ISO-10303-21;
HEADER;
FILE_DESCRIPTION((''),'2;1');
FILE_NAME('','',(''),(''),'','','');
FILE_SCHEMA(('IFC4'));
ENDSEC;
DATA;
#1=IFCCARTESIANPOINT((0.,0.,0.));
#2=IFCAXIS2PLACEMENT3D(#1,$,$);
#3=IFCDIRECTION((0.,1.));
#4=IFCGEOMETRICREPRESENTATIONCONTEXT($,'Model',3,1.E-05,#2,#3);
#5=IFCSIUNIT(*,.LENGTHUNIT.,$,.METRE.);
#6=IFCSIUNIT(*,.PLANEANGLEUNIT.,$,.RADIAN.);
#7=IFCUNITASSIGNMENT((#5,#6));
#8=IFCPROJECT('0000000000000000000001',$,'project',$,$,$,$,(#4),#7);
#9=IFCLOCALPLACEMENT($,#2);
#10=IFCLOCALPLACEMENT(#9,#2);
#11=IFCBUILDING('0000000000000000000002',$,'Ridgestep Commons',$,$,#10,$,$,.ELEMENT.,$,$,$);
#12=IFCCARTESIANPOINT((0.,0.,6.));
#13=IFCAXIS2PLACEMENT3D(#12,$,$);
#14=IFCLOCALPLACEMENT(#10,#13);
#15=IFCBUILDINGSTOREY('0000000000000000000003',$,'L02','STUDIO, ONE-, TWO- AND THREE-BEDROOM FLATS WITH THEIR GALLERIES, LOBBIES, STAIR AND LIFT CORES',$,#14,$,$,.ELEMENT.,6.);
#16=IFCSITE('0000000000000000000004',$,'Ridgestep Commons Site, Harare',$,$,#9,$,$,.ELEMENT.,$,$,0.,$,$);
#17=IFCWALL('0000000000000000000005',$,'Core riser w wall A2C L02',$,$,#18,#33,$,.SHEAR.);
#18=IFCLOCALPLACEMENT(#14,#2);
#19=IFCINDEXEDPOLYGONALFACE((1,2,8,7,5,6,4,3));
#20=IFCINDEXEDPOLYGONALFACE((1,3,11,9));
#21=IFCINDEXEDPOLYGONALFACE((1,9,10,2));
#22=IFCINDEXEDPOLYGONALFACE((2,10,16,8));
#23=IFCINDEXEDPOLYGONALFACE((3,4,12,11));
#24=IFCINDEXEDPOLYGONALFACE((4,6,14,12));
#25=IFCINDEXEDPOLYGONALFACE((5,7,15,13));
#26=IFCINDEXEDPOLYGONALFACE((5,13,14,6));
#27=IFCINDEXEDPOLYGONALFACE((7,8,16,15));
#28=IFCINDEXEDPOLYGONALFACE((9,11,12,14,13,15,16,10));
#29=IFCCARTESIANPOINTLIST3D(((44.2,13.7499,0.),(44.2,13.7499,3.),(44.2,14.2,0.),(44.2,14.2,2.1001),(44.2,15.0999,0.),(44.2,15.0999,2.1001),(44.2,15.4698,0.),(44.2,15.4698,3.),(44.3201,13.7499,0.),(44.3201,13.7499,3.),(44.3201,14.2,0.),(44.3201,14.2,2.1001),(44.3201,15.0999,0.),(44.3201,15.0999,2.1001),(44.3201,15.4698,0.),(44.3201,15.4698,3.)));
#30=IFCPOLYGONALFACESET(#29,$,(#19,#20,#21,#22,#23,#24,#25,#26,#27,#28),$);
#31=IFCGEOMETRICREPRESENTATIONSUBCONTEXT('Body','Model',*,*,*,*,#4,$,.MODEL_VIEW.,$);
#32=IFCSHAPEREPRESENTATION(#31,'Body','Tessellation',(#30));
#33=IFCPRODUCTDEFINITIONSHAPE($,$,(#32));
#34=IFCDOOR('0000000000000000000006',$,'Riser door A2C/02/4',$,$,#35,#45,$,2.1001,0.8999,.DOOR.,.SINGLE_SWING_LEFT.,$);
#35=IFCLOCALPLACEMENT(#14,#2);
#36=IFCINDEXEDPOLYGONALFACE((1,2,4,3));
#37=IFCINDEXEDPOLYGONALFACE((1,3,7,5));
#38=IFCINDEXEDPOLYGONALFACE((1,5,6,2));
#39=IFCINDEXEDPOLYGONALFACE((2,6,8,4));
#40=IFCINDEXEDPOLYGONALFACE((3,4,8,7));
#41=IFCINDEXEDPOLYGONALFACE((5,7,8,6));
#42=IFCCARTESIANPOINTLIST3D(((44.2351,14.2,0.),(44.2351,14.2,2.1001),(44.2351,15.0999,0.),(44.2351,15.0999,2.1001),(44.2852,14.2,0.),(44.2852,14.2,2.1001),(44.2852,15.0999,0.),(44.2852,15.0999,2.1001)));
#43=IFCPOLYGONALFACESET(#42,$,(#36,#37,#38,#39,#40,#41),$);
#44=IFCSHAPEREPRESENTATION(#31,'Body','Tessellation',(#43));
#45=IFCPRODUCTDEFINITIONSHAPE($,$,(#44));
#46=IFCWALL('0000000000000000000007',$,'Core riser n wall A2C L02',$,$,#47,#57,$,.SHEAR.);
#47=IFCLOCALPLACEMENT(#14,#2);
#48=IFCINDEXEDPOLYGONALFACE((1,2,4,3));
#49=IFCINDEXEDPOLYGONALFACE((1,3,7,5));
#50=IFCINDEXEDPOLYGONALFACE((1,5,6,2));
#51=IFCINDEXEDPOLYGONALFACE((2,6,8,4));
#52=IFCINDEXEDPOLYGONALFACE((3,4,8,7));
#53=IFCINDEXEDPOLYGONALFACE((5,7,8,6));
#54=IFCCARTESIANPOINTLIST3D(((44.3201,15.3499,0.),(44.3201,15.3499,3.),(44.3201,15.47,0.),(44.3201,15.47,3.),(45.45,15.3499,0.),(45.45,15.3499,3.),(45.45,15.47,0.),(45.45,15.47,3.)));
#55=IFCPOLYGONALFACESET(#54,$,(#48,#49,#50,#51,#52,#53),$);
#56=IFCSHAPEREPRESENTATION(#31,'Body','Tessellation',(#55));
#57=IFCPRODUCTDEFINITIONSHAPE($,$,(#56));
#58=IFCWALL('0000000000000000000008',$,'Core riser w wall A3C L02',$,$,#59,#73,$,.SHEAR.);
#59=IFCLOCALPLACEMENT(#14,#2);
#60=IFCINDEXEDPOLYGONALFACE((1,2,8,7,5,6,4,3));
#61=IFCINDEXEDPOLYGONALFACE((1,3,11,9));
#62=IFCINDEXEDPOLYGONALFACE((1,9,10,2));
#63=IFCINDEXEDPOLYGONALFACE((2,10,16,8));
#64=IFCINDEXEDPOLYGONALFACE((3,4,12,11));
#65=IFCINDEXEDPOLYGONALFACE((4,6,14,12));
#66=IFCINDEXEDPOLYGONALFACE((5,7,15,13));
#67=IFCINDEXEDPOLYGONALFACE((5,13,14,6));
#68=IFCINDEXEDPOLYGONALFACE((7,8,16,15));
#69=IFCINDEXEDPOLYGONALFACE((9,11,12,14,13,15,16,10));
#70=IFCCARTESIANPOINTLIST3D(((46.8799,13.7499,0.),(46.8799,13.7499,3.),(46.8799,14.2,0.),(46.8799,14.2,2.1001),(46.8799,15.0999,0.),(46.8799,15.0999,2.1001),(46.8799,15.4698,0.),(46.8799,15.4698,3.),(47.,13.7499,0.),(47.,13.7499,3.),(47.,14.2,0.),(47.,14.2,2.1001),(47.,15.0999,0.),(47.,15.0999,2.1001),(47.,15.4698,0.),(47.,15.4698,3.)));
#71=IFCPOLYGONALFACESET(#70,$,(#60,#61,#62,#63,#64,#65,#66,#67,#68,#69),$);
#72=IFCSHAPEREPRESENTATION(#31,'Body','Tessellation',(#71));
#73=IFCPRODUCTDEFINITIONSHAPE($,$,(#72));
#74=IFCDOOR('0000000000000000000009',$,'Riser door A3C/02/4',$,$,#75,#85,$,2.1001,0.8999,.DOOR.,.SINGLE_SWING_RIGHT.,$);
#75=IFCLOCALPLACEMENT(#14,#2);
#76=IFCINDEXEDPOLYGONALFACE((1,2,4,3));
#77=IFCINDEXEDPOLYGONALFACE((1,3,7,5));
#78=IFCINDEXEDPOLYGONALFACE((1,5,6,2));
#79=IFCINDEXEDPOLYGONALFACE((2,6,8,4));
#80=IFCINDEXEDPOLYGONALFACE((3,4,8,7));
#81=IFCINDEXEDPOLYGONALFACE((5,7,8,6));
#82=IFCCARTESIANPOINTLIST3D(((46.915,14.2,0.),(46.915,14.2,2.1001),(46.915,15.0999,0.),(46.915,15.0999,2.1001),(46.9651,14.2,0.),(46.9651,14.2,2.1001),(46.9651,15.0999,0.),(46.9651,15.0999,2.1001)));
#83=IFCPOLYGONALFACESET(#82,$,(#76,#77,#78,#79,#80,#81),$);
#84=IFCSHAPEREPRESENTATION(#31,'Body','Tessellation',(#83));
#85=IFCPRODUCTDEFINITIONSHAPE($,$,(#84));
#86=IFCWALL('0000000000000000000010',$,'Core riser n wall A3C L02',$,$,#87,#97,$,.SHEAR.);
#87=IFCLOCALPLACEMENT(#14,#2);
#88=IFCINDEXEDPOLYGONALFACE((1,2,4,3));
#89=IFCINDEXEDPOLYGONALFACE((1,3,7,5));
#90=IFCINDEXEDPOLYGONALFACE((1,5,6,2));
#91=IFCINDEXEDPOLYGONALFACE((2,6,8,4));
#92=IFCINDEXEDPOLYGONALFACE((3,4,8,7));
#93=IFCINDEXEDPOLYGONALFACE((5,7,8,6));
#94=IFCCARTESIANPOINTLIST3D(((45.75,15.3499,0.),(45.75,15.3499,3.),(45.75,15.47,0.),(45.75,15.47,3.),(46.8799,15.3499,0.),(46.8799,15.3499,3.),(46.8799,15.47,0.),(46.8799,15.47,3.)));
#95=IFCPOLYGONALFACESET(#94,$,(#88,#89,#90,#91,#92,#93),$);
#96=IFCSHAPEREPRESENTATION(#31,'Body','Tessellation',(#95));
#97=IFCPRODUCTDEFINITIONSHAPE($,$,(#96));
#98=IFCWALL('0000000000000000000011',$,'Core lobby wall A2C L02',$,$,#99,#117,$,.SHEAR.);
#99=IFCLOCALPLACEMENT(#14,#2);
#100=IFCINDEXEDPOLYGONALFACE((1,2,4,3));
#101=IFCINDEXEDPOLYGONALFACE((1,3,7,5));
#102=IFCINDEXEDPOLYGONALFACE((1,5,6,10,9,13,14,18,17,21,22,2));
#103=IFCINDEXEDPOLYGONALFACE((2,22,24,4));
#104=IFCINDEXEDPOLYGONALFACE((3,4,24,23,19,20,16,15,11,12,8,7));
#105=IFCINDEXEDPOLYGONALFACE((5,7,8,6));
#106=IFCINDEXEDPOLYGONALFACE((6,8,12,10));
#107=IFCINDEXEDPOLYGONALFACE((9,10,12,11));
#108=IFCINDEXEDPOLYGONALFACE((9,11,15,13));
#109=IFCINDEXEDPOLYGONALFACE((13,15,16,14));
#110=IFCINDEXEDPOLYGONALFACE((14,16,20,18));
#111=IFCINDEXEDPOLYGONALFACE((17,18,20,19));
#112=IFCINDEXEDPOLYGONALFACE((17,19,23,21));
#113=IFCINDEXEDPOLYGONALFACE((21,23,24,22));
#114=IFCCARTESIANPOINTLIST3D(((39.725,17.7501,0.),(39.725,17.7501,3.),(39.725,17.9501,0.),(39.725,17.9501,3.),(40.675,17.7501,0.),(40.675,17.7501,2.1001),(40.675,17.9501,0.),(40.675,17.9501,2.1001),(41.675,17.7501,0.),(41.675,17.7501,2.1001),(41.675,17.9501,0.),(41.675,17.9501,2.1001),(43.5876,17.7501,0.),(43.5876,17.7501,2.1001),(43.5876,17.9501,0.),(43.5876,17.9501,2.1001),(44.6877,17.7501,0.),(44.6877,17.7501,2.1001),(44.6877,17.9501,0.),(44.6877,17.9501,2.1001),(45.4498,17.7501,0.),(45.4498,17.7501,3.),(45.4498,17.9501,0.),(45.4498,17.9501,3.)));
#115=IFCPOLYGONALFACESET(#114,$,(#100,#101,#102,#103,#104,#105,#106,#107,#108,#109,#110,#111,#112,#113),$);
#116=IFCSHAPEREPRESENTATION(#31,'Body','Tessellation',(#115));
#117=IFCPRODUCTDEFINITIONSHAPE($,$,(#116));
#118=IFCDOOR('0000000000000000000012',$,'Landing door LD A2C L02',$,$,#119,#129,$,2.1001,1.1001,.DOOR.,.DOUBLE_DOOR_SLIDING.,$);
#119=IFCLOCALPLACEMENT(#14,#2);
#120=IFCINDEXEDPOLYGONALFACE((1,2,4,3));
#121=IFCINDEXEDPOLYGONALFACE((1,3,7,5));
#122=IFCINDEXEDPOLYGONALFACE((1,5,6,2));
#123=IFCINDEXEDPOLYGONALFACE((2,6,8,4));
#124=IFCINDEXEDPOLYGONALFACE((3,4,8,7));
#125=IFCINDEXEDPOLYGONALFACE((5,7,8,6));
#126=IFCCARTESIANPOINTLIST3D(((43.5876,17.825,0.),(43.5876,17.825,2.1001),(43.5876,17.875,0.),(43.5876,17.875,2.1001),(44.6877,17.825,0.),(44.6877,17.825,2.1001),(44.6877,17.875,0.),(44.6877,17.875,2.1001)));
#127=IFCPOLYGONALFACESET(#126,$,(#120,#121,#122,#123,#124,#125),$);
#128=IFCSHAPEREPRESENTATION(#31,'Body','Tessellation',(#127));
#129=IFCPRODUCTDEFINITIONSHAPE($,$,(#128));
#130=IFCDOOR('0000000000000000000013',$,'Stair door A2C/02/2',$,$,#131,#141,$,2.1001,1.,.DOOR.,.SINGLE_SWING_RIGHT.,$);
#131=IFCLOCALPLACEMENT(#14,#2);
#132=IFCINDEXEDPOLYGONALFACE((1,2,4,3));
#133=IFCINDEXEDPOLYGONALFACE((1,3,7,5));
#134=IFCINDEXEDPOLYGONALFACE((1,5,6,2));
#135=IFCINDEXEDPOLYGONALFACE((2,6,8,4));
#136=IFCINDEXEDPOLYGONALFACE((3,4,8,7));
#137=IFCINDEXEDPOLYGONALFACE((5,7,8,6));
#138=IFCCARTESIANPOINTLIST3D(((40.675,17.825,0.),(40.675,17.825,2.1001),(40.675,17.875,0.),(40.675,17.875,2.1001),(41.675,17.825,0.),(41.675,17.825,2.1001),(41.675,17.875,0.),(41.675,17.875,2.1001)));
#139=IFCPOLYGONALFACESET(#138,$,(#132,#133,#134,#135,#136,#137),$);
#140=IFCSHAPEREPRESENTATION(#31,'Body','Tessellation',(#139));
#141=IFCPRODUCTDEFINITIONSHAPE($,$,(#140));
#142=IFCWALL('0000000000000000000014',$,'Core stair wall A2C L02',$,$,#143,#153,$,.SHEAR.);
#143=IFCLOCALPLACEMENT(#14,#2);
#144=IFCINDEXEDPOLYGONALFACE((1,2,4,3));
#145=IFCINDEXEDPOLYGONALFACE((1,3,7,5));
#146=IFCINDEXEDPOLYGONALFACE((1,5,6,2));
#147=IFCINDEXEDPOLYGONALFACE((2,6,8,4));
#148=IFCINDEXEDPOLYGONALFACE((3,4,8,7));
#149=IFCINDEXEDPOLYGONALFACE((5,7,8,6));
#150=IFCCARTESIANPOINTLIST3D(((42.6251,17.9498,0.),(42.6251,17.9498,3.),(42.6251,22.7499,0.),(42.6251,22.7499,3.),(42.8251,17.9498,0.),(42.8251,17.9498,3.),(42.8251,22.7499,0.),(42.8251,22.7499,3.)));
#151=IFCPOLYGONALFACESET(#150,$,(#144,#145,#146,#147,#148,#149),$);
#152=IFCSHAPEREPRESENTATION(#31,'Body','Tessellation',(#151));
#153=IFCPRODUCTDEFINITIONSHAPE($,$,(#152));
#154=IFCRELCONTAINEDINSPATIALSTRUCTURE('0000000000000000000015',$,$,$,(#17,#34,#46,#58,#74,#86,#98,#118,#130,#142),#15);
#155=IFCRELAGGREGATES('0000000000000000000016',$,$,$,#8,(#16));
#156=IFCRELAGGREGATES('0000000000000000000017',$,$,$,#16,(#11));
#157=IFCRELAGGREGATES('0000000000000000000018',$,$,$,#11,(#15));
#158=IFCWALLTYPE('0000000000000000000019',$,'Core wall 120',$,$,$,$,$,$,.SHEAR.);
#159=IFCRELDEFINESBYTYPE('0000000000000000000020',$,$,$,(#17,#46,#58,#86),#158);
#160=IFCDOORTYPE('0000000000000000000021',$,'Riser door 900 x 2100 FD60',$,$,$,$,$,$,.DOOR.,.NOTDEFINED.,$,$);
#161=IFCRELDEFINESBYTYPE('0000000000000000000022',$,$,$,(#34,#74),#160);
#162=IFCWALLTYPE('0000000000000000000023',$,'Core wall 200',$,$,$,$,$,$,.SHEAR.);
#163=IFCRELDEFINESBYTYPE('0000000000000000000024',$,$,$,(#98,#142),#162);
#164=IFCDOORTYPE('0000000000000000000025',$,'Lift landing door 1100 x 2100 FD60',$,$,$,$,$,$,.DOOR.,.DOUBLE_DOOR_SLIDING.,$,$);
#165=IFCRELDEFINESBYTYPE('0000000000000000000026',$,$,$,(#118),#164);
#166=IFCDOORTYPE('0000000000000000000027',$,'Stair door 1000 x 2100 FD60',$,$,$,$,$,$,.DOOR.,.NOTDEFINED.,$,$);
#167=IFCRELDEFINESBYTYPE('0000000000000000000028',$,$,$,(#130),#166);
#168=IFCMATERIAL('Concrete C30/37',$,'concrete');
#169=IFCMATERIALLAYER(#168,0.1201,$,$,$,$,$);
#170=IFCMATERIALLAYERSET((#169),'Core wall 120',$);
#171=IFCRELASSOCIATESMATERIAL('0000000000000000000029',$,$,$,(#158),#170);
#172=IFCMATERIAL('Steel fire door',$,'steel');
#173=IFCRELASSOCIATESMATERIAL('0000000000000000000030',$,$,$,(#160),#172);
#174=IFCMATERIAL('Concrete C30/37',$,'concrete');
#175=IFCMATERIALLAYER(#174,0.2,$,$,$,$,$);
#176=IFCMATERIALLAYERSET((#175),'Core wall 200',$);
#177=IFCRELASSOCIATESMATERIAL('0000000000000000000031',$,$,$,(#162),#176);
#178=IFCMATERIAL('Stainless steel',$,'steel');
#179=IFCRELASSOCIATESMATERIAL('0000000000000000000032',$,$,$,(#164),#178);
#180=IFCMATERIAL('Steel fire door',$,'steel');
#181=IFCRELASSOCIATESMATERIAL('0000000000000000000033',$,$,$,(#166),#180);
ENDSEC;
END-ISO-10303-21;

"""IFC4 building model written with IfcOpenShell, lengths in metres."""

from ifc_helpers import new_model, si_unit, direction, frame, frame_2d, origin, place, context, subcontext, project, spatial, rectangle, extrude, material, layer, layer_set, type_object, element, fill, save


model = new_model("IFC4")

# Units and contexts
model_context = context("Model", 3, precision=1e-05, world=origin(), true_north=direction((0.0, 1.0)))
body_context = subcontext(model_context, "Body", "Model", "MODEL_VIEW")
ifc_project = project(units=[si_unit("LENGTHUNIT", "METRE"), si_unit("PLANEANGLEUNIT", "RADIAN")], contexts=[model_context])

# Site, building, storey
site_placement = place(None, origin())
site = spatial("IfcSite", under=ifc_project, at=site_placement, Name="Ridgestep Commons Site, Harare", CompositionType="ELEMENT", RefElevation=0.0)
building_placement = place(site_placement, origin())
building = spatial("IfcBuilding", under=site, at=building_placement, Name="Ridgestep Commons", CompositionType="ELEMENT")
storey_placement = place(building_placement, frame((0.0, 0.0, 6.0)))
storey = spatial("IfcBuildingStorey", under=building, at=storey_placement, Name="L02", Description="STUDIO, ONE-, TWO- AND THREE-BEDROOM FLATS WITH THEIR GALLERIES, LOBBIES, STAIR AND LIFT CORES", CompositionType="ELEMENT", Elevation=6.0)

# Wall, opening, door
ifc_material_1 = material(Name="Concrete C30/37", Category="concrete")
ifc_layer_1 = layer(ifc_material_1, 0.1201)
ifc_layer_set_1 = layer_set([ifc_layer_1], Name="Core wall 120")
wall_type_1 = type_object("IfcWallType", Name="Core wall 120", PredefinedType="SHEAR", material=ifc_layer_set_1)
wall_1_placement = place(storey_placement, frame((44.26, 13.75, 0.0), z_axis=(0.0, 0.0, 1.0), x_axis=(0.0, 1.0, 0.0)))
wall_1 = element("IfcWall", 1, at=wall_1_placement, inside=storey, type_object=wall_type_1, Name="Core riser w wall A2C L02", PredefinedType="SHEAR", context=body_context, shape_type="SweptSolid", body=[
    extrude(rectangle(XDim=1.72, YDim=0.1201, at=frame_2d((0.8599, 0.0))), origin(), (0.0, 0.0, 1.0), 3.0),
])
opening_1_placement = place(wall_1_placement, frame((0.45, 0.0, 0.0)))
opening_1 = element("IfcOpeningElement", 2, at=opening_1_placement, cuts=wall_1, PredefinedType="OPENING", context=body_context, shape_type="SweptSolid", body=[
    extrude(rectangle(XDim=0.8999, YDim=2.1001, at=frame_2d((0.45, 1.05))), frame((0.0, 0.0701, 0.0), z_axis=(0.0, -1.0, 0.0), x_axis=(1.0, 0.0, 0.0)), (0.0, 0.0, 1.0), 0.1401),
])
ifc_material_2 = material(Name="Steel fire door", Category="steel")
door_type_1 = type_object("IfcDoorType", Name="Riser door 900 x 2100 FD60", OperationType="NOTDEFINED", PredefinedType="DOOR", material=ifc_material_2)
door_1_placement = place(opening_1_placement, origin())
door_1 = element("IfcDoor", 3, at=door_1_placement, inside=storey, type_object=door_type_1, Name="Riser door A2C/02/4", OperationType="SINGLE_SWING_LEFT", OverallHeight=2.1001, OverallWidth=0.8999, PredefinedType="DOOR", context=body_context, shape_type="SweptSolid", body=[
    extrude(rectangle(XDim=0.8999, YDim=2.1001, at=frame_2d((0.45, 1.05))), frame((0.0, 0.0249, 0.0), z_axis=(0.0, -1.0, 0.0), x_axis=(1.0, 0.0, 0.0)), (0.0, 0.0, 1.0), 0.05),
])
fill(opening_1, door_1)

# Wall
wall_2_placement = place(storey_placement, frame((44.3201, 15.4099, 0.0), z_axis=(0.0, 0.0, 1.0), x_axis=(1.0, 0.0, 0.0)))
element("IfcWall", 4, at=wall_2_placement, inside=storey, type_object=wall_type_1, Name="Core riser n wall A2C L02", PredefinedType="SHEAR", context=body_context, shape_type="SweptSolid", body=[
    extrude(rectangle(XDim=1.1299, YDim=0.1201, at=frame_2d((0.5649, 0.0))), origin(), (0.0, 0.0, 1.0), 3.0),
])

# Wall, opening, door
wall_3_placement = place(storey_placement, frame((46.9399, 13.75, 0.0), z_axis=(0.0, 0.0, 1.0), x_axis=(0.0, 1.0, 0.0)))
wall_3 = element("IfcWall", 5, at=wall_3_placement, inside=storey, type_object=wall_type_1, Name="Core riser w wall A3C L02", PredefinedType="SHEAR", context=body_context, shape_type="SweptSolid", body=[
    extrude(rectangle(XDim=1.72, YDim=0.1201, at=frame_2d((0.8599, 0.0))), origin(), (0.0, 0.0, 1.0), 3.0),
])
opening_2_placement = place(wall_3_placement, frame((0.45, 0.0, 0.0)))
opening_2 = element("IfcOpeningElement", 6, at=opening_2_placement, cuts=wall_3, PredefinedType="OPENING", context=body_context, shape_type="SweptSolid", body=[
    extrude(rectangle(XDim=0.8999, YDim=2.1001, at=frame_2d((0.45, 1.05))), frame((0.0, 0.0701, 0.0), z_axis=(0.0, -1.0, 0.0), x_axis=(1.0, 0.0, 0.0)), (0.0, 0.0, 1.0), 0.1401),
])
door_2_placement = place(opening_2_placement, origin())
door_2 = element("IfcDoor", 7, at=door_2_placement, inside=storey, type_object=door_type_1, Name="Riser door A3C/02/4", OperationType="SINGLE_SWING_RIGHT", OverallHeight=2.1001, OverallWidth=0.8999, PredefinedType="DOOR", context=body_context, shape_type="SweptSolid", body=[
    extrude(rectangle(XDim=0.8999, YDim=2.1001, at=frame_2d((0.45, 1.05))), frame((0.0, 0.0249, 0.0), z_axis=(0.0, -1.0, 0.0), x_axis=(1.0, 0.0, 0.0)), (0.0, 0.0, 1.0), 0.05),
])
fill(opening_2, door_2)

# Wall
wall_4_placement = place(storey_placement, frame((45.75, 15.4099, 0.0), z_axis=(0.0, 0.0, 1.0), x_axis=(1.0, 0.0, 0.0)))
element("IfcWall", 8, at=wall_4_placement, inside=storey, type_object=wall_type_1, Name="Core riser n wall A3C L02", PredefinedType="SHEAR", context=body_context, shape_type="SweptSolid", body=[
    extrude(rectangle(XDim=1.1299, YDim=0.1201, at=frame_2d((0.5649, 0.0))), origin(), (0.0, 0.0, 1.0), 3.0),
])

# Wall, openings, doors
ifc_material_3 = material(Name="Concrete C30/37", Category="concrete")
ifc_layer_2 = layer(ifc_material_3, 0.2)
ifc_layer_set_2 = layer_set([ifc_layer_2], Name="Core wall 200")
wall_type_2 = type_object("IfcWallType", Name="Core wall 200", PredefinedType="SHEAR", material=ifc_layer_set_2)
wall_5_placement = place(storey_placement, frame((39.7251, 17.8501, 0.0), z_axis=(0.0, 0.0, 1.0), x_axis=(1.0, 0.0, 0.0)))
wall_5 = element("IfcWall", 9, at=wall_5_placement, inside=storey, type_object=wall_type_2, Name="Core lobby wall A2C L02", PredefinedType="SHEAR", context=body_context, shape_type="SweptSolid", body=[
    extrude(rectangle(XDim=5.7249, YDim=0.2, at=frame_2d((2.8623, 0.0))), origin(), (0.0, 0.0, 1.0), 3.0),
])
opening_3_placement = place(wall_5_placement, frame((0.95, 0.0, 0.0)))
opening_3 = element("IfcOpeningElement", 10, at=opening_3_placement, cuts=wall_5, PredefinedType="OPENING", context=body_context, shape_type="SweptSolid", body=[
    extrude(rectangle(XDim=1.0, YDim=2.1001, at=frame_2d((0.5, 1.05))), frame((0.0, 0.1099, 0.0), z_axis=(0.0, -1.0, 0.0), x_axis=(1.0, 0.0, 0.0)), (0.0, 0.0, 1.0), 0.22),
])
opening_4_placement = place(wall_5_placement, frame((3.8625, 0.0, 0.0)))
opening_4 = element("IfcOpeningElement", 11, at=opening_4_placement, cuts=wall_5, PredefinedType="OPENING", context=body_context, shape_type="SweptSolid", body=[
    extrude(rectangle(XDim=1.1001, YDim=2.1001, at=frame_2d((0.55, 1.05))), frame((0.0, 0.1099, 0.0), z_axis=(0.0, -1.0, 0.0), x_axis=(1.0, 0.0, 0.0)), (0.0, 0.0, 1.0), 0.22),
])
ifc_material_4 = material(Name="Stainless steel", Category="steel")
door_type_2 = type_object("IfcDoorType", Name="Lift landing door 1100 x 2100 FD60", OperationType="DOUBLE_DOOR_SLIDING", PredefinedType="DOOR", material=ifc_material_4)
door_3_placement = place(opening_4_placement, origin())
door_3 = element("IfcDoor", 12, at=door_3_placement, inside=storey, type_object=door_type_2, Name="Landing door LD A2C L02", OperationType="DOUBLE_DOOR_SLIDING", OverallHeight=2.1001, OverallWidth=1.1001, PredefinedType="DOOR", context=body_context, shape_type="SweptSolid", body=[
    extrude(rectangle(XDim=1.1001, YDim=2.1001, at=frame_2d((0.55, 1.05))), frame((0.0, 0.0249, 0.0), z_axis=(0.0, -1.0, 0.0), x_axis=(1.0, 0.0, 0.0)), (0.0, 0.0, 1.0), 0.05),
])
fill(opening_4, door_3)
ifc_material_5 = material(Name="Steel fire door", Category="steel")
door_type_3 = type_object("IfcDoorType", Name="Stair door 1000 x 2100 FD60", OperationType="NOTDEFINED", PredefinedType="DOOR", material=ifc_material_5)
door_4_placement = place(opening_3_placement, origin())
door_4 = element("IfcDoor", 13, at=door_4_placement, inside=storey, type_object=door_type_3, Name="Stair door A2C/02/2", OperationType="SINGLE_SWING_RIGHT", OverallHeight=2.1001, OverallWidth=1.0, PredefinedType="DOOR", context=body_context, shape_type="SweptSolid", body=[
    extrude(rectangle(XDim=1.0, YDim=2.1001, at=frame_2d((0.5, 1.05))), frame((0.0, 0.0249, 0.0), z_axis=(0.0, -1.0, 0.0), x_axis=(1.0, 0.0, 0.0)), (0.0, 0.0, 1.0), 0.05),
])
fill(opening_3, door_4)

# Wall
wall_6_placement = place(storey_placement, frame((42.7251, 17.95, 0.0), z_axis=(0.0, 0.0, 1.0), x_axis=(0.0, 1.0, 0.0)))
element("IfcWall", 14, at=wall_6_placement, inside=storey, type_object=wall_type_2, Name="Core stair wall A2C L02", PredefinedType="SHEAR", context=body_context, shape_type="SweptSolid", body=[
    extrude(rectangle(XDim=4.8, YDim=0.2, at=frame_2d((2.3999, 0.0))), origin(), (0.0, 0.0, 1.0), 3.0),
])

save(model, "model.ifc")
